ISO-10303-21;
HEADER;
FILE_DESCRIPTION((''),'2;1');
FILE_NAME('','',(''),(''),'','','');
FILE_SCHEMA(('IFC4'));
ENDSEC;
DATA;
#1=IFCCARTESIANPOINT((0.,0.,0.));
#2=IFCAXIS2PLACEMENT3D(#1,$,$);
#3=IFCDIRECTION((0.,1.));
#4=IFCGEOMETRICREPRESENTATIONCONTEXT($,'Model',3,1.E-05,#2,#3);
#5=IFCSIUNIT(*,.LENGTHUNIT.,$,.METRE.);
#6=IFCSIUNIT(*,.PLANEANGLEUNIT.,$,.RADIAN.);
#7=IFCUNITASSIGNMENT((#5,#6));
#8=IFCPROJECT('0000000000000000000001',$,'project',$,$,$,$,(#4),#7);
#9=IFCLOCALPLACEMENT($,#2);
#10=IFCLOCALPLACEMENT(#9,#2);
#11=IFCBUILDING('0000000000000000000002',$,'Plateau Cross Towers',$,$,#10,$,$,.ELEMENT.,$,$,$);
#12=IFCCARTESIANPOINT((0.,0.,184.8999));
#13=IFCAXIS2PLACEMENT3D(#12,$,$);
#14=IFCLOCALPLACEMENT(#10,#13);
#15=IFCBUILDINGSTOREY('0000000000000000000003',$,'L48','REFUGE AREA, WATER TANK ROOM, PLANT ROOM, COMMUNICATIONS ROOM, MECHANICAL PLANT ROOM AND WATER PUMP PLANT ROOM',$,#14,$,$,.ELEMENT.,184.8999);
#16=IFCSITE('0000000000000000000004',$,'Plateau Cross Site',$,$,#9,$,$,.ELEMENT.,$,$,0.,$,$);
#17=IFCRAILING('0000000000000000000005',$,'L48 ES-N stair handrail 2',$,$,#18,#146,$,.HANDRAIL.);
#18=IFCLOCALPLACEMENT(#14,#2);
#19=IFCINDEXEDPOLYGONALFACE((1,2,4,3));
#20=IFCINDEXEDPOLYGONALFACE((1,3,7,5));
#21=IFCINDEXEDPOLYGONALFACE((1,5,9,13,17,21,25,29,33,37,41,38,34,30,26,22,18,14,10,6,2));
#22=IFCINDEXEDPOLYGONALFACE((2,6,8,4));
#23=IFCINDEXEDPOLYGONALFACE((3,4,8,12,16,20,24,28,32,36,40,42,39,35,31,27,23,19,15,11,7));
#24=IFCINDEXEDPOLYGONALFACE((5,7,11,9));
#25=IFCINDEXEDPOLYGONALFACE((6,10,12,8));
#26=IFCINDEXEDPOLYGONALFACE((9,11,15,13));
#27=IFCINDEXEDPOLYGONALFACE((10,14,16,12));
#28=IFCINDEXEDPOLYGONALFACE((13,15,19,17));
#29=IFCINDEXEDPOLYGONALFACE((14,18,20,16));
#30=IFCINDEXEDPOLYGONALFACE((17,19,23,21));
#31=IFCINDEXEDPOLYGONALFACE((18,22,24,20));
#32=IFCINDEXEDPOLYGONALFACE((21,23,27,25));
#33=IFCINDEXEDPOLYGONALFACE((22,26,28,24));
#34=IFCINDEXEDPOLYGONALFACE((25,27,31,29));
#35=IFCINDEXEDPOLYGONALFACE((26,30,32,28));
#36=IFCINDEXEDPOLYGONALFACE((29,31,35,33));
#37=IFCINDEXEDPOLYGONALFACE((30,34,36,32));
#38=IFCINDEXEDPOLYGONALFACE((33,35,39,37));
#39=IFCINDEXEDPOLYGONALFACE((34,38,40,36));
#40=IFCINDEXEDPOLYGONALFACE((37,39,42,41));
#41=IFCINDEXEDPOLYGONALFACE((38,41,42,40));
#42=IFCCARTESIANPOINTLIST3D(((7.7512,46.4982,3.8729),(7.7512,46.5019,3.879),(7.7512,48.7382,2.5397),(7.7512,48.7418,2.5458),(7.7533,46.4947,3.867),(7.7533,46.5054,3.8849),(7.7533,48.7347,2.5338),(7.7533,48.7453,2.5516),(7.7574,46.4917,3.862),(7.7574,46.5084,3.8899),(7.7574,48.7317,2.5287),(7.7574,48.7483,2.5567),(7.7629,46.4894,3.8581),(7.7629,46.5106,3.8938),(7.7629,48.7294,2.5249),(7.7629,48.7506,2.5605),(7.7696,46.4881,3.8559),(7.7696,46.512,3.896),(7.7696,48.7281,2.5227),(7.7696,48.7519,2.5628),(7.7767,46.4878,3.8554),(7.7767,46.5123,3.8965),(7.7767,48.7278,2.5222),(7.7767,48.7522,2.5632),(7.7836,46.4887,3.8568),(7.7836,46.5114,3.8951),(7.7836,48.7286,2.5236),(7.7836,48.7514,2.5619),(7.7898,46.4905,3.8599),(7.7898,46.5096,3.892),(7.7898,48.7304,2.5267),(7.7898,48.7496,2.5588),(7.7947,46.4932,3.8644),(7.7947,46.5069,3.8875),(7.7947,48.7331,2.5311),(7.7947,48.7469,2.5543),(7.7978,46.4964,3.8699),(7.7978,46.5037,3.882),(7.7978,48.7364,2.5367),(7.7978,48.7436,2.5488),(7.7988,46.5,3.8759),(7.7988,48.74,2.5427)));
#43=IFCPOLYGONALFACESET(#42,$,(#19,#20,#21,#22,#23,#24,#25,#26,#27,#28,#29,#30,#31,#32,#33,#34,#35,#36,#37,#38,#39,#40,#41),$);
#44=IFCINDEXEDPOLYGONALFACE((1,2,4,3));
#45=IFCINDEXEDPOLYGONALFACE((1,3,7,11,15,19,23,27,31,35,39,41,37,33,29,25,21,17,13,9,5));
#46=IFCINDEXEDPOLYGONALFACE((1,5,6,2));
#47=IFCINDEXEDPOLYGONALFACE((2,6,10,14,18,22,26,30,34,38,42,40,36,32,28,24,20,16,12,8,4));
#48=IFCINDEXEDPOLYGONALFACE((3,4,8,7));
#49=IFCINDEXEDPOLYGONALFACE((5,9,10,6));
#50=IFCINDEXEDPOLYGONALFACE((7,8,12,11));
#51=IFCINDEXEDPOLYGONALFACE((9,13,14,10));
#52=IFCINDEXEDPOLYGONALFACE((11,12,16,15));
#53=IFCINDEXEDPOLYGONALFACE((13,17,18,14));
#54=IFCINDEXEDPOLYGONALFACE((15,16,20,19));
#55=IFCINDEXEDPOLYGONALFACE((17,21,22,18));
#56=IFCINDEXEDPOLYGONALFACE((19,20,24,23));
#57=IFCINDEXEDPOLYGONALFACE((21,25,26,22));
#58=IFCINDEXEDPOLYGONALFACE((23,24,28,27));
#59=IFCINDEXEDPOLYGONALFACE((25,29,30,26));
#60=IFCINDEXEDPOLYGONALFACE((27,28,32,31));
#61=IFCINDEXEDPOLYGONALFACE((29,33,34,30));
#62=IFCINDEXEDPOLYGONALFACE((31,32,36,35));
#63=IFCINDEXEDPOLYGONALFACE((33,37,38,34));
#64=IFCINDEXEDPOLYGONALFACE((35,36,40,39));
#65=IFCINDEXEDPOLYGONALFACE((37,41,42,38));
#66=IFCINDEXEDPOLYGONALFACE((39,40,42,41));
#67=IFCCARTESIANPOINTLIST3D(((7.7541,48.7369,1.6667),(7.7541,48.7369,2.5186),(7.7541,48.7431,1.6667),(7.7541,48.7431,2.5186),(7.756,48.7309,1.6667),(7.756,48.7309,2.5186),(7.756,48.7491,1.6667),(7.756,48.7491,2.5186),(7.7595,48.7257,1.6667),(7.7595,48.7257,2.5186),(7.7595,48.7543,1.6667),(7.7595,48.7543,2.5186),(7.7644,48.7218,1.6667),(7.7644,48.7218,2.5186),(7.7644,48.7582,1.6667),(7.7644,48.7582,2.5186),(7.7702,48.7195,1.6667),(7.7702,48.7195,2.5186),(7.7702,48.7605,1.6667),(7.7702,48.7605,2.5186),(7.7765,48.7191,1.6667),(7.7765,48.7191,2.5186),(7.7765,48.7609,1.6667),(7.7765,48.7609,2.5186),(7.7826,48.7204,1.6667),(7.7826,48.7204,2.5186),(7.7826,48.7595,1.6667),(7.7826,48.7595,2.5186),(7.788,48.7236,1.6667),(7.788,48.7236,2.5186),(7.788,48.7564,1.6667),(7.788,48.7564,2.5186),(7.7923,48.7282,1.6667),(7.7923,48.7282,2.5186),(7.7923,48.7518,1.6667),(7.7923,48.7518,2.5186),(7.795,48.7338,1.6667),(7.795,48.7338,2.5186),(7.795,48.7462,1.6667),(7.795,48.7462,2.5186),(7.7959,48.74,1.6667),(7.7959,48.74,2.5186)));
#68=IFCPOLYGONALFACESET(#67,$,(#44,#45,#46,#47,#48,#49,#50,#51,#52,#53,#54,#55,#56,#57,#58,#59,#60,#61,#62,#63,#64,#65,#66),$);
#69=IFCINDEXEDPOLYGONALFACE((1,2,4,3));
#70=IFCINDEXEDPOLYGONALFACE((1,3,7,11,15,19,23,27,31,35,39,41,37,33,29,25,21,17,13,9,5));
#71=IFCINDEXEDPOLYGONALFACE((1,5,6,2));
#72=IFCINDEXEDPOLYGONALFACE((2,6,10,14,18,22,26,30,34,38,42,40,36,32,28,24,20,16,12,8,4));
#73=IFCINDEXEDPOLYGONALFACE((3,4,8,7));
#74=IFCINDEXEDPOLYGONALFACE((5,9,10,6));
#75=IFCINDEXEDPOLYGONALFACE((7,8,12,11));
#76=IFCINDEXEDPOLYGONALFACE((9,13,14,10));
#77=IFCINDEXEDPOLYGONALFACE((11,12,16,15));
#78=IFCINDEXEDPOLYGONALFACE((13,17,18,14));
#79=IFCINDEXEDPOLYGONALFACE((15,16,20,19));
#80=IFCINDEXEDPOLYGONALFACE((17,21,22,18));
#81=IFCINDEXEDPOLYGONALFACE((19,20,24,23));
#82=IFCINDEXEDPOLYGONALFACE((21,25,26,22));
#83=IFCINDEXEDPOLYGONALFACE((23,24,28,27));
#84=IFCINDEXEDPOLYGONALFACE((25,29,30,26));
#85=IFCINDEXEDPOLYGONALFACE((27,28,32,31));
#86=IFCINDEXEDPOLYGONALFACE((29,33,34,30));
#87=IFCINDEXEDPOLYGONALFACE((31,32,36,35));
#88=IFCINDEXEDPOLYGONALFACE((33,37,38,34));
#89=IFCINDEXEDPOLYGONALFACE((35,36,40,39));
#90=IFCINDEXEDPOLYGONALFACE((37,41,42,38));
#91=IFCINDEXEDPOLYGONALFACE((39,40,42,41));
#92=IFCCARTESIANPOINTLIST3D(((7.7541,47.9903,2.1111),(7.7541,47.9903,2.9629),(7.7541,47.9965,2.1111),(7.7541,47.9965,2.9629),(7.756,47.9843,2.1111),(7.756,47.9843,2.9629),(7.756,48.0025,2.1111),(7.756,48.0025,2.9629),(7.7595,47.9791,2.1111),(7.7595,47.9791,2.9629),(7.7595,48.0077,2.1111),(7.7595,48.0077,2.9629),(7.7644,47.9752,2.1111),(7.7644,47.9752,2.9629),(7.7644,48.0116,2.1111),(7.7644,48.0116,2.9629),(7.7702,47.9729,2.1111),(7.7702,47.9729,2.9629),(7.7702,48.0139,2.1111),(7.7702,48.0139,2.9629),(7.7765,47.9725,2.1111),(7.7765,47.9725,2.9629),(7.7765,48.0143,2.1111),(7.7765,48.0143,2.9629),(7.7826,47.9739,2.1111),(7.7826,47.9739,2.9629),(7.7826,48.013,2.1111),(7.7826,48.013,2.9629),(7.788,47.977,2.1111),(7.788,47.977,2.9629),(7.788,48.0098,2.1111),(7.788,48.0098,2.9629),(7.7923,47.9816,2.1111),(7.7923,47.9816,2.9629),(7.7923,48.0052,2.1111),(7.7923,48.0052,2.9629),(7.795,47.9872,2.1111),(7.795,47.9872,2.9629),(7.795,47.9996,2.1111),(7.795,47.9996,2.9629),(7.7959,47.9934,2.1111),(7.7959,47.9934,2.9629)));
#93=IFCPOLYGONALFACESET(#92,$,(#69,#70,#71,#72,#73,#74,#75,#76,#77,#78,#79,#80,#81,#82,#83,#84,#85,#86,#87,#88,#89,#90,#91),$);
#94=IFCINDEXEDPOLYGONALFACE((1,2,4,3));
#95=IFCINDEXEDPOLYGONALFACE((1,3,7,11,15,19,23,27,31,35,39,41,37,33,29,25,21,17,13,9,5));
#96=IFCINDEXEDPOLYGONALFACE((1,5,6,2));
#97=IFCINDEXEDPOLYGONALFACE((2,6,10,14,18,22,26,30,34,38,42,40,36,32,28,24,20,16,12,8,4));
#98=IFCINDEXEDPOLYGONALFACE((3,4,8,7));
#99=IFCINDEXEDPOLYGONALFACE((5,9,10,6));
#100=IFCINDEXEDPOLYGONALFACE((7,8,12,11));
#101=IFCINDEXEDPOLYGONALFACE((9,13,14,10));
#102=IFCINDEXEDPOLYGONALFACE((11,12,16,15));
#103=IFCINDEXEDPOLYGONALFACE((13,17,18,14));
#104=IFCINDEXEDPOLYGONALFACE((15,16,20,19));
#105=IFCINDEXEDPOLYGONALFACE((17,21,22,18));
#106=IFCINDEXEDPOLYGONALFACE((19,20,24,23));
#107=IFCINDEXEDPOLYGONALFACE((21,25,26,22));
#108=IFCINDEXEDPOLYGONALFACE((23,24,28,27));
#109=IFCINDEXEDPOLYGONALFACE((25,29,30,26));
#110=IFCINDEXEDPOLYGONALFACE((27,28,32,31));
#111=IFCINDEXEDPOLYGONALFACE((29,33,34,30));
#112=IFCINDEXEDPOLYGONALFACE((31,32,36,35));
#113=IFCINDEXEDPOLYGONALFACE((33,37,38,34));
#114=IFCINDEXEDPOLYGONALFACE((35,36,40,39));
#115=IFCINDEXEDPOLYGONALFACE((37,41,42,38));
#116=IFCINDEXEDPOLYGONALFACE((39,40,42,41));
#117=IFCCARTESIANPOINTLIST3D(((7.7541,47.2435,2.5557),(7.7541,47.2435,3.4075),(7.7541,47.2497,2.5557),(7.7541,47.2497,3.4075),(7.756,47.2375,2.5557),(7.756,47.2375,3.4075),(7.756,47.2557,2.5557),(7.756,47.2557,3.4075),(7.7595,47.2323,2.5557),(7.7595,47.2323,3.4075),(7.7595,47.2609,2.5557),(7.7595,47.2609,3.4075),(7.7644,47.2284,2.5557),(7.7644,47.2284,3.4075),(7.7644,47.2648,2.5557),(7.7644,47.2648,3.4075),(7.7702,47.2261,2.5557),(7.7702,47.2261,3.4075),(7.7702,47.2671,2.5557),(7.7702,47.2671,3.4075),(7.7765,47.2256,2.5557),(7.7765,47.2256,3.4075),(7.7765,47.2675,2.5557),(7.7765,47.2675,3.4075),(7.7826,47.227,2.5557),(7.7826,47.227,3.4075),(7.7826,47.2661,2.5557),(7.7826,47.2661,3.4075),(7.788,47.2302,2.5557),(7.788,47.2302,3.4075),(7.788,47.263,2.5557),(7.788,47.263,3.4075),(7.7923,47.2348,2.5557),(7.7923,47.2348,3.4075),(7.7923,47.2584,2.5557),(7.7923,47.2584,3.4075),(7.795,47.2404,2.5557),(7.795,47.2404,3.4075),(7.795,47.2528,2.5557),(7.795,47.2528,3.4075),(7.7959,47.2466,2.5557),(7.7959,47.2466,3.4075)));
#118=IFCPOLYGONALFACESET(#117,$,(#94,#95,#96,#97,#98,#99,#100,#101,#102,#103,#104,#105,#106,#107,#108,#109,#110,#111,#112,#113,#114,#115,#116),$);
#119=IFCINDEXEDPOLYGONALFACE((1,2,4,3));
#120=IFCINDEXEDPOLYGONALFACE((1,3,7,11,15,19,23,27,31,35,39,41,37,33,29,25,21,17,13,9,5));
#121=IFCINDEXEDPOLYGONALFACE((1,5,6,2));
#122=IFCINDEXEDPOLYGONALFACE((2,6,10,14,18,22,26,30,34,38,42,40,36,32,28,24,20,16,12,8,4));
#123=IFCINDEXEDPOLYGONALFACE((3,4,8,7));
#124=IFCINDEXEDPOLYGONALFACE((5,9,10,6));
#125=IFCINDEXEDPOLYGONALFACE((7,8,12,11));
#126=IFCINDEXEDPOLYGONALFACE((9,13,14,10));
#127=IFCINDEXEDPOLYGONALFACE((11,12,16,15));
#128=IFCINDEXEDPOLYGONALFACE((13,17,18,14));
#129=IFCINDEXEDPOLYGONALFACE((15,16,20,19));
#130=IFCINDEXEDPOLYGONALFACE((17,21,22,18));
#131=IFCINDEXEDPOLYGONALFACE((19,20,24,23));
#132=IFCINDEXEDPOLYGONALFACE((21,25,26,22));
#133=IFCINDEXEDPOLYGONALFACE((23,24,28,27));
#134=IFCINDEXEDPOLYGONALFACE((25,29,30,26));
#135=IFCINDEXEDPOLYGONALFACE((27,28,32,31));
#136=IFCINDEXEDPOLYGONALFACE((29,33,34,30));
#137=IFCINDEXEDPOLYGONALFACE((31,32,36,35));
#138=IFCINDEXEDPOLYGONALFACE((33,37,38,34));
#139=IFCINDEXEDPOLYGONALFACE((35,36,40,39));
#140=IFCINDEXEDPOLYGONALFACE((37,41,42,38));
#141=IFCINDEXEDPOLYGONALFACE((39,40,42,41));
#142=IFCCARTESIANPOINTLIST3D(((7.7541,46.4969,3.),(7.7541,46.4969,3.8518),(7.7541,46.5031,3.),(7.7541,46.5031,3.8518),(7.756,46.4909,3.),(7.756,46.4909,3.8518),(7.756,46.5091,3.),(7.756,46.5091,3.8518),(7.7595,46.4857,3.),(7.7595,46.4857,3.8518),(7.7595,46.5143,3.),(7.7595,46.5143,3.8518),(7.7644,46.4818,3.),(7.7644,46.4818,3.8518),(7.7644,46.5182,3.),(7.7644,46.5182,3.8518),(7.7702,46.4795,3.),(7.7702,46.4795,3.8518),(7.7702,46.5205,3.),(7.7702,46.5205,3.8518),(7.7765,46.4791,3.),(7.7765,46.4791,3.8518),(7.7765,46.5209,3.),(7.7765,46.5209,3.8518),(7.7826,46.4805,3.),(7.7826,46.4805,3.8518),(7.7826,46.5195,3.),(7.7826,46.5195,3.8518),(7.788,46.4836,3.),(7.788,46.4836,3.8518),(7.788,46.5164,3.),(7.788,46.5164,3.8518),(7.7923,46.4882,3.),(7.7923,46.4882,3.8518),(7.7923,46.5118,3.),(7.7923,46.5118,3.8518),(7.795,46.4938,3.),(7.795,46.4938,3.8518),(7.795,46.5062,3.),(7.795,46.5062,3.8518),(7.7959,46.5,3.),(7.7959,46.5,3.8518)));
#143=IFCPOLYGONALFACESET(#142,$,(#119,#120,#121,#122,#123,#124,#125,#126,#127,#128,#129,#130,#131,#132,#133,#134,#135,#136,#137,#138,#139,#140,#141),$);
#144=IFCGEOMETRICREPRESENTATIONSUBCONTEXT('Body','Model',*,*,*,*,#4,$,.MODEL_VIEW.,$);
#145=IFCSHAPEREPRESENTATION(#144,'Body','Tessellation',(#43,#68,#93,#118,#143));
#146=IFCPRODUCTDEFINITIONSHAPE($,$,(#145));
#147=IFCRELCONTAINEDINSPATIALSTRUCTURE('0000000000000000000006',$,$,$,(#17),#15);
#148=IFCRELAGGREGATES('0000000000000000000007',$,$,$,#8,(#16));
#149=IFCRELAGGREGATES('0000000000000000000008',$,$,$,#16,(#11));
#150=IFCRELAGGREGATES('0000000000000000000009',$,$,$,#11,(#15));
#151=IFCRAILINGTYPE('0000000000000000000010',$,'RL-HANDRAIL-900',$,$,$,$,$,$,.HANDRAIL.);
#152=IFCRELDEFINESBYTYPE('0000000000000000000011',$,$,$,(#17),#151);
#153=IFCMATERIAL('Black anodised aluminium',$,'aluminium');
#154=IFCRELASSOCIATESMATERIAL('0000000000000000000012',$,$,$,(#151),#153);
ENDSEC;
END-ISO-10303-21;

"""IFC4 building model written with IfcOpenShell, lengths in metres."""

from ifc_helpers import new_model, si_unit, direction, frame, origin, origin_2d, place, context, subcontext, project, spatial, circle, extrude, material, type_object, element, save


model = new_model("IFC4")

# Units and contexts
model_context = context("Model", 3, precision=1e-05, world=origin(), true_north=direction((0.0, 1.0)))
body_context = subcontext(model_context, "Body", "Model", "MODEL_VIEW")
ifc_project = project(units=[si_unit("LENGTHUNIT", "METRE"), si_unit("PLANEANGLEUNIT", "RADIAN")], contexts=[model_context])

# Site, building, storey
site_placement = place(None, origin())
site = spatial("IfcSite", under=ifc_project, at=site_placement, Name="Plateau Cross Site", CompositionType="ELEMENT", RefElevation=0.0)
building_placement = place(site_placement, origin())
building = spatial("IfcBuilding", under=site, at=building_placement, Name="Plateau Cross Towers", CompositionType="ELEMENT")
storey_placement = place(building_placement, frame((0.0, 0.0, 184.8999)))
storey = spatial("IfcBuildingStorey", under=building, at=storey_placement, Name="L48", Description="REFUGE AREA, WATER TANK ROOM, PLANT ROOM, COMMUNICATIONS ROOM, MECHANICAL PLANT ROOM AND WATER PUMP PLANT ROOM", CompositionType="ELEMENT", Elevation=184.8999)

# Shared definitions
ifc_material_1 = material(Name="Black anodised aluminium", Category="aluminium")

# Railing
railing_type_1 = type_object("IfcRailingType", Name="RL-HANDRAIL-900", PredefinedType="HANDRAIL", material=ifc_material_1)
railing_1_placement = place(storey_placement, frame((7.7749, 48.74, 1.6667)))
element("IfcRailing", 1, at=railing_1_placement, inside=storey, type_object=railing_type_1, Name="L48 ES-N stair handrail 2", PredefinedType="HANDRAIL", context=body_context, shape_type="SweptSolid", body=[
    extrude(circle(Radius=0.0239, at=origin_2d()), frame((0.0, 0.0, 0.876), z_axis=(0.0, -0.859306, 0.511462), x_axis=(1.0, 0.0, 0.0)), (0.0, 0.0, 1.0), 2.6067),
    extrude(circle(Radius=0.021, at=origin_2d()), origin(), (0.0, 0.0, 1.0), 0.8518),
    extrude(circle(Radius=0.021, at=origin_2d()), frame((0.0, -0.7466, 0.4443)), (0.0, 0.0, 1.0), 0.8518),
    extrude(circle(Radius=0.021, at=origin_2d()), frame((0.0, -1.4934, 0.8889)), (0.0, 0.0, 1.0), 0.8518),
    extrude(circle(Radius=0.021, at=origin_2d()), frame((0.0, -2.24, 1.3333)), (0.0, 0.0, 1.0), 0.8518),
])

save(model, "model.ifc")
